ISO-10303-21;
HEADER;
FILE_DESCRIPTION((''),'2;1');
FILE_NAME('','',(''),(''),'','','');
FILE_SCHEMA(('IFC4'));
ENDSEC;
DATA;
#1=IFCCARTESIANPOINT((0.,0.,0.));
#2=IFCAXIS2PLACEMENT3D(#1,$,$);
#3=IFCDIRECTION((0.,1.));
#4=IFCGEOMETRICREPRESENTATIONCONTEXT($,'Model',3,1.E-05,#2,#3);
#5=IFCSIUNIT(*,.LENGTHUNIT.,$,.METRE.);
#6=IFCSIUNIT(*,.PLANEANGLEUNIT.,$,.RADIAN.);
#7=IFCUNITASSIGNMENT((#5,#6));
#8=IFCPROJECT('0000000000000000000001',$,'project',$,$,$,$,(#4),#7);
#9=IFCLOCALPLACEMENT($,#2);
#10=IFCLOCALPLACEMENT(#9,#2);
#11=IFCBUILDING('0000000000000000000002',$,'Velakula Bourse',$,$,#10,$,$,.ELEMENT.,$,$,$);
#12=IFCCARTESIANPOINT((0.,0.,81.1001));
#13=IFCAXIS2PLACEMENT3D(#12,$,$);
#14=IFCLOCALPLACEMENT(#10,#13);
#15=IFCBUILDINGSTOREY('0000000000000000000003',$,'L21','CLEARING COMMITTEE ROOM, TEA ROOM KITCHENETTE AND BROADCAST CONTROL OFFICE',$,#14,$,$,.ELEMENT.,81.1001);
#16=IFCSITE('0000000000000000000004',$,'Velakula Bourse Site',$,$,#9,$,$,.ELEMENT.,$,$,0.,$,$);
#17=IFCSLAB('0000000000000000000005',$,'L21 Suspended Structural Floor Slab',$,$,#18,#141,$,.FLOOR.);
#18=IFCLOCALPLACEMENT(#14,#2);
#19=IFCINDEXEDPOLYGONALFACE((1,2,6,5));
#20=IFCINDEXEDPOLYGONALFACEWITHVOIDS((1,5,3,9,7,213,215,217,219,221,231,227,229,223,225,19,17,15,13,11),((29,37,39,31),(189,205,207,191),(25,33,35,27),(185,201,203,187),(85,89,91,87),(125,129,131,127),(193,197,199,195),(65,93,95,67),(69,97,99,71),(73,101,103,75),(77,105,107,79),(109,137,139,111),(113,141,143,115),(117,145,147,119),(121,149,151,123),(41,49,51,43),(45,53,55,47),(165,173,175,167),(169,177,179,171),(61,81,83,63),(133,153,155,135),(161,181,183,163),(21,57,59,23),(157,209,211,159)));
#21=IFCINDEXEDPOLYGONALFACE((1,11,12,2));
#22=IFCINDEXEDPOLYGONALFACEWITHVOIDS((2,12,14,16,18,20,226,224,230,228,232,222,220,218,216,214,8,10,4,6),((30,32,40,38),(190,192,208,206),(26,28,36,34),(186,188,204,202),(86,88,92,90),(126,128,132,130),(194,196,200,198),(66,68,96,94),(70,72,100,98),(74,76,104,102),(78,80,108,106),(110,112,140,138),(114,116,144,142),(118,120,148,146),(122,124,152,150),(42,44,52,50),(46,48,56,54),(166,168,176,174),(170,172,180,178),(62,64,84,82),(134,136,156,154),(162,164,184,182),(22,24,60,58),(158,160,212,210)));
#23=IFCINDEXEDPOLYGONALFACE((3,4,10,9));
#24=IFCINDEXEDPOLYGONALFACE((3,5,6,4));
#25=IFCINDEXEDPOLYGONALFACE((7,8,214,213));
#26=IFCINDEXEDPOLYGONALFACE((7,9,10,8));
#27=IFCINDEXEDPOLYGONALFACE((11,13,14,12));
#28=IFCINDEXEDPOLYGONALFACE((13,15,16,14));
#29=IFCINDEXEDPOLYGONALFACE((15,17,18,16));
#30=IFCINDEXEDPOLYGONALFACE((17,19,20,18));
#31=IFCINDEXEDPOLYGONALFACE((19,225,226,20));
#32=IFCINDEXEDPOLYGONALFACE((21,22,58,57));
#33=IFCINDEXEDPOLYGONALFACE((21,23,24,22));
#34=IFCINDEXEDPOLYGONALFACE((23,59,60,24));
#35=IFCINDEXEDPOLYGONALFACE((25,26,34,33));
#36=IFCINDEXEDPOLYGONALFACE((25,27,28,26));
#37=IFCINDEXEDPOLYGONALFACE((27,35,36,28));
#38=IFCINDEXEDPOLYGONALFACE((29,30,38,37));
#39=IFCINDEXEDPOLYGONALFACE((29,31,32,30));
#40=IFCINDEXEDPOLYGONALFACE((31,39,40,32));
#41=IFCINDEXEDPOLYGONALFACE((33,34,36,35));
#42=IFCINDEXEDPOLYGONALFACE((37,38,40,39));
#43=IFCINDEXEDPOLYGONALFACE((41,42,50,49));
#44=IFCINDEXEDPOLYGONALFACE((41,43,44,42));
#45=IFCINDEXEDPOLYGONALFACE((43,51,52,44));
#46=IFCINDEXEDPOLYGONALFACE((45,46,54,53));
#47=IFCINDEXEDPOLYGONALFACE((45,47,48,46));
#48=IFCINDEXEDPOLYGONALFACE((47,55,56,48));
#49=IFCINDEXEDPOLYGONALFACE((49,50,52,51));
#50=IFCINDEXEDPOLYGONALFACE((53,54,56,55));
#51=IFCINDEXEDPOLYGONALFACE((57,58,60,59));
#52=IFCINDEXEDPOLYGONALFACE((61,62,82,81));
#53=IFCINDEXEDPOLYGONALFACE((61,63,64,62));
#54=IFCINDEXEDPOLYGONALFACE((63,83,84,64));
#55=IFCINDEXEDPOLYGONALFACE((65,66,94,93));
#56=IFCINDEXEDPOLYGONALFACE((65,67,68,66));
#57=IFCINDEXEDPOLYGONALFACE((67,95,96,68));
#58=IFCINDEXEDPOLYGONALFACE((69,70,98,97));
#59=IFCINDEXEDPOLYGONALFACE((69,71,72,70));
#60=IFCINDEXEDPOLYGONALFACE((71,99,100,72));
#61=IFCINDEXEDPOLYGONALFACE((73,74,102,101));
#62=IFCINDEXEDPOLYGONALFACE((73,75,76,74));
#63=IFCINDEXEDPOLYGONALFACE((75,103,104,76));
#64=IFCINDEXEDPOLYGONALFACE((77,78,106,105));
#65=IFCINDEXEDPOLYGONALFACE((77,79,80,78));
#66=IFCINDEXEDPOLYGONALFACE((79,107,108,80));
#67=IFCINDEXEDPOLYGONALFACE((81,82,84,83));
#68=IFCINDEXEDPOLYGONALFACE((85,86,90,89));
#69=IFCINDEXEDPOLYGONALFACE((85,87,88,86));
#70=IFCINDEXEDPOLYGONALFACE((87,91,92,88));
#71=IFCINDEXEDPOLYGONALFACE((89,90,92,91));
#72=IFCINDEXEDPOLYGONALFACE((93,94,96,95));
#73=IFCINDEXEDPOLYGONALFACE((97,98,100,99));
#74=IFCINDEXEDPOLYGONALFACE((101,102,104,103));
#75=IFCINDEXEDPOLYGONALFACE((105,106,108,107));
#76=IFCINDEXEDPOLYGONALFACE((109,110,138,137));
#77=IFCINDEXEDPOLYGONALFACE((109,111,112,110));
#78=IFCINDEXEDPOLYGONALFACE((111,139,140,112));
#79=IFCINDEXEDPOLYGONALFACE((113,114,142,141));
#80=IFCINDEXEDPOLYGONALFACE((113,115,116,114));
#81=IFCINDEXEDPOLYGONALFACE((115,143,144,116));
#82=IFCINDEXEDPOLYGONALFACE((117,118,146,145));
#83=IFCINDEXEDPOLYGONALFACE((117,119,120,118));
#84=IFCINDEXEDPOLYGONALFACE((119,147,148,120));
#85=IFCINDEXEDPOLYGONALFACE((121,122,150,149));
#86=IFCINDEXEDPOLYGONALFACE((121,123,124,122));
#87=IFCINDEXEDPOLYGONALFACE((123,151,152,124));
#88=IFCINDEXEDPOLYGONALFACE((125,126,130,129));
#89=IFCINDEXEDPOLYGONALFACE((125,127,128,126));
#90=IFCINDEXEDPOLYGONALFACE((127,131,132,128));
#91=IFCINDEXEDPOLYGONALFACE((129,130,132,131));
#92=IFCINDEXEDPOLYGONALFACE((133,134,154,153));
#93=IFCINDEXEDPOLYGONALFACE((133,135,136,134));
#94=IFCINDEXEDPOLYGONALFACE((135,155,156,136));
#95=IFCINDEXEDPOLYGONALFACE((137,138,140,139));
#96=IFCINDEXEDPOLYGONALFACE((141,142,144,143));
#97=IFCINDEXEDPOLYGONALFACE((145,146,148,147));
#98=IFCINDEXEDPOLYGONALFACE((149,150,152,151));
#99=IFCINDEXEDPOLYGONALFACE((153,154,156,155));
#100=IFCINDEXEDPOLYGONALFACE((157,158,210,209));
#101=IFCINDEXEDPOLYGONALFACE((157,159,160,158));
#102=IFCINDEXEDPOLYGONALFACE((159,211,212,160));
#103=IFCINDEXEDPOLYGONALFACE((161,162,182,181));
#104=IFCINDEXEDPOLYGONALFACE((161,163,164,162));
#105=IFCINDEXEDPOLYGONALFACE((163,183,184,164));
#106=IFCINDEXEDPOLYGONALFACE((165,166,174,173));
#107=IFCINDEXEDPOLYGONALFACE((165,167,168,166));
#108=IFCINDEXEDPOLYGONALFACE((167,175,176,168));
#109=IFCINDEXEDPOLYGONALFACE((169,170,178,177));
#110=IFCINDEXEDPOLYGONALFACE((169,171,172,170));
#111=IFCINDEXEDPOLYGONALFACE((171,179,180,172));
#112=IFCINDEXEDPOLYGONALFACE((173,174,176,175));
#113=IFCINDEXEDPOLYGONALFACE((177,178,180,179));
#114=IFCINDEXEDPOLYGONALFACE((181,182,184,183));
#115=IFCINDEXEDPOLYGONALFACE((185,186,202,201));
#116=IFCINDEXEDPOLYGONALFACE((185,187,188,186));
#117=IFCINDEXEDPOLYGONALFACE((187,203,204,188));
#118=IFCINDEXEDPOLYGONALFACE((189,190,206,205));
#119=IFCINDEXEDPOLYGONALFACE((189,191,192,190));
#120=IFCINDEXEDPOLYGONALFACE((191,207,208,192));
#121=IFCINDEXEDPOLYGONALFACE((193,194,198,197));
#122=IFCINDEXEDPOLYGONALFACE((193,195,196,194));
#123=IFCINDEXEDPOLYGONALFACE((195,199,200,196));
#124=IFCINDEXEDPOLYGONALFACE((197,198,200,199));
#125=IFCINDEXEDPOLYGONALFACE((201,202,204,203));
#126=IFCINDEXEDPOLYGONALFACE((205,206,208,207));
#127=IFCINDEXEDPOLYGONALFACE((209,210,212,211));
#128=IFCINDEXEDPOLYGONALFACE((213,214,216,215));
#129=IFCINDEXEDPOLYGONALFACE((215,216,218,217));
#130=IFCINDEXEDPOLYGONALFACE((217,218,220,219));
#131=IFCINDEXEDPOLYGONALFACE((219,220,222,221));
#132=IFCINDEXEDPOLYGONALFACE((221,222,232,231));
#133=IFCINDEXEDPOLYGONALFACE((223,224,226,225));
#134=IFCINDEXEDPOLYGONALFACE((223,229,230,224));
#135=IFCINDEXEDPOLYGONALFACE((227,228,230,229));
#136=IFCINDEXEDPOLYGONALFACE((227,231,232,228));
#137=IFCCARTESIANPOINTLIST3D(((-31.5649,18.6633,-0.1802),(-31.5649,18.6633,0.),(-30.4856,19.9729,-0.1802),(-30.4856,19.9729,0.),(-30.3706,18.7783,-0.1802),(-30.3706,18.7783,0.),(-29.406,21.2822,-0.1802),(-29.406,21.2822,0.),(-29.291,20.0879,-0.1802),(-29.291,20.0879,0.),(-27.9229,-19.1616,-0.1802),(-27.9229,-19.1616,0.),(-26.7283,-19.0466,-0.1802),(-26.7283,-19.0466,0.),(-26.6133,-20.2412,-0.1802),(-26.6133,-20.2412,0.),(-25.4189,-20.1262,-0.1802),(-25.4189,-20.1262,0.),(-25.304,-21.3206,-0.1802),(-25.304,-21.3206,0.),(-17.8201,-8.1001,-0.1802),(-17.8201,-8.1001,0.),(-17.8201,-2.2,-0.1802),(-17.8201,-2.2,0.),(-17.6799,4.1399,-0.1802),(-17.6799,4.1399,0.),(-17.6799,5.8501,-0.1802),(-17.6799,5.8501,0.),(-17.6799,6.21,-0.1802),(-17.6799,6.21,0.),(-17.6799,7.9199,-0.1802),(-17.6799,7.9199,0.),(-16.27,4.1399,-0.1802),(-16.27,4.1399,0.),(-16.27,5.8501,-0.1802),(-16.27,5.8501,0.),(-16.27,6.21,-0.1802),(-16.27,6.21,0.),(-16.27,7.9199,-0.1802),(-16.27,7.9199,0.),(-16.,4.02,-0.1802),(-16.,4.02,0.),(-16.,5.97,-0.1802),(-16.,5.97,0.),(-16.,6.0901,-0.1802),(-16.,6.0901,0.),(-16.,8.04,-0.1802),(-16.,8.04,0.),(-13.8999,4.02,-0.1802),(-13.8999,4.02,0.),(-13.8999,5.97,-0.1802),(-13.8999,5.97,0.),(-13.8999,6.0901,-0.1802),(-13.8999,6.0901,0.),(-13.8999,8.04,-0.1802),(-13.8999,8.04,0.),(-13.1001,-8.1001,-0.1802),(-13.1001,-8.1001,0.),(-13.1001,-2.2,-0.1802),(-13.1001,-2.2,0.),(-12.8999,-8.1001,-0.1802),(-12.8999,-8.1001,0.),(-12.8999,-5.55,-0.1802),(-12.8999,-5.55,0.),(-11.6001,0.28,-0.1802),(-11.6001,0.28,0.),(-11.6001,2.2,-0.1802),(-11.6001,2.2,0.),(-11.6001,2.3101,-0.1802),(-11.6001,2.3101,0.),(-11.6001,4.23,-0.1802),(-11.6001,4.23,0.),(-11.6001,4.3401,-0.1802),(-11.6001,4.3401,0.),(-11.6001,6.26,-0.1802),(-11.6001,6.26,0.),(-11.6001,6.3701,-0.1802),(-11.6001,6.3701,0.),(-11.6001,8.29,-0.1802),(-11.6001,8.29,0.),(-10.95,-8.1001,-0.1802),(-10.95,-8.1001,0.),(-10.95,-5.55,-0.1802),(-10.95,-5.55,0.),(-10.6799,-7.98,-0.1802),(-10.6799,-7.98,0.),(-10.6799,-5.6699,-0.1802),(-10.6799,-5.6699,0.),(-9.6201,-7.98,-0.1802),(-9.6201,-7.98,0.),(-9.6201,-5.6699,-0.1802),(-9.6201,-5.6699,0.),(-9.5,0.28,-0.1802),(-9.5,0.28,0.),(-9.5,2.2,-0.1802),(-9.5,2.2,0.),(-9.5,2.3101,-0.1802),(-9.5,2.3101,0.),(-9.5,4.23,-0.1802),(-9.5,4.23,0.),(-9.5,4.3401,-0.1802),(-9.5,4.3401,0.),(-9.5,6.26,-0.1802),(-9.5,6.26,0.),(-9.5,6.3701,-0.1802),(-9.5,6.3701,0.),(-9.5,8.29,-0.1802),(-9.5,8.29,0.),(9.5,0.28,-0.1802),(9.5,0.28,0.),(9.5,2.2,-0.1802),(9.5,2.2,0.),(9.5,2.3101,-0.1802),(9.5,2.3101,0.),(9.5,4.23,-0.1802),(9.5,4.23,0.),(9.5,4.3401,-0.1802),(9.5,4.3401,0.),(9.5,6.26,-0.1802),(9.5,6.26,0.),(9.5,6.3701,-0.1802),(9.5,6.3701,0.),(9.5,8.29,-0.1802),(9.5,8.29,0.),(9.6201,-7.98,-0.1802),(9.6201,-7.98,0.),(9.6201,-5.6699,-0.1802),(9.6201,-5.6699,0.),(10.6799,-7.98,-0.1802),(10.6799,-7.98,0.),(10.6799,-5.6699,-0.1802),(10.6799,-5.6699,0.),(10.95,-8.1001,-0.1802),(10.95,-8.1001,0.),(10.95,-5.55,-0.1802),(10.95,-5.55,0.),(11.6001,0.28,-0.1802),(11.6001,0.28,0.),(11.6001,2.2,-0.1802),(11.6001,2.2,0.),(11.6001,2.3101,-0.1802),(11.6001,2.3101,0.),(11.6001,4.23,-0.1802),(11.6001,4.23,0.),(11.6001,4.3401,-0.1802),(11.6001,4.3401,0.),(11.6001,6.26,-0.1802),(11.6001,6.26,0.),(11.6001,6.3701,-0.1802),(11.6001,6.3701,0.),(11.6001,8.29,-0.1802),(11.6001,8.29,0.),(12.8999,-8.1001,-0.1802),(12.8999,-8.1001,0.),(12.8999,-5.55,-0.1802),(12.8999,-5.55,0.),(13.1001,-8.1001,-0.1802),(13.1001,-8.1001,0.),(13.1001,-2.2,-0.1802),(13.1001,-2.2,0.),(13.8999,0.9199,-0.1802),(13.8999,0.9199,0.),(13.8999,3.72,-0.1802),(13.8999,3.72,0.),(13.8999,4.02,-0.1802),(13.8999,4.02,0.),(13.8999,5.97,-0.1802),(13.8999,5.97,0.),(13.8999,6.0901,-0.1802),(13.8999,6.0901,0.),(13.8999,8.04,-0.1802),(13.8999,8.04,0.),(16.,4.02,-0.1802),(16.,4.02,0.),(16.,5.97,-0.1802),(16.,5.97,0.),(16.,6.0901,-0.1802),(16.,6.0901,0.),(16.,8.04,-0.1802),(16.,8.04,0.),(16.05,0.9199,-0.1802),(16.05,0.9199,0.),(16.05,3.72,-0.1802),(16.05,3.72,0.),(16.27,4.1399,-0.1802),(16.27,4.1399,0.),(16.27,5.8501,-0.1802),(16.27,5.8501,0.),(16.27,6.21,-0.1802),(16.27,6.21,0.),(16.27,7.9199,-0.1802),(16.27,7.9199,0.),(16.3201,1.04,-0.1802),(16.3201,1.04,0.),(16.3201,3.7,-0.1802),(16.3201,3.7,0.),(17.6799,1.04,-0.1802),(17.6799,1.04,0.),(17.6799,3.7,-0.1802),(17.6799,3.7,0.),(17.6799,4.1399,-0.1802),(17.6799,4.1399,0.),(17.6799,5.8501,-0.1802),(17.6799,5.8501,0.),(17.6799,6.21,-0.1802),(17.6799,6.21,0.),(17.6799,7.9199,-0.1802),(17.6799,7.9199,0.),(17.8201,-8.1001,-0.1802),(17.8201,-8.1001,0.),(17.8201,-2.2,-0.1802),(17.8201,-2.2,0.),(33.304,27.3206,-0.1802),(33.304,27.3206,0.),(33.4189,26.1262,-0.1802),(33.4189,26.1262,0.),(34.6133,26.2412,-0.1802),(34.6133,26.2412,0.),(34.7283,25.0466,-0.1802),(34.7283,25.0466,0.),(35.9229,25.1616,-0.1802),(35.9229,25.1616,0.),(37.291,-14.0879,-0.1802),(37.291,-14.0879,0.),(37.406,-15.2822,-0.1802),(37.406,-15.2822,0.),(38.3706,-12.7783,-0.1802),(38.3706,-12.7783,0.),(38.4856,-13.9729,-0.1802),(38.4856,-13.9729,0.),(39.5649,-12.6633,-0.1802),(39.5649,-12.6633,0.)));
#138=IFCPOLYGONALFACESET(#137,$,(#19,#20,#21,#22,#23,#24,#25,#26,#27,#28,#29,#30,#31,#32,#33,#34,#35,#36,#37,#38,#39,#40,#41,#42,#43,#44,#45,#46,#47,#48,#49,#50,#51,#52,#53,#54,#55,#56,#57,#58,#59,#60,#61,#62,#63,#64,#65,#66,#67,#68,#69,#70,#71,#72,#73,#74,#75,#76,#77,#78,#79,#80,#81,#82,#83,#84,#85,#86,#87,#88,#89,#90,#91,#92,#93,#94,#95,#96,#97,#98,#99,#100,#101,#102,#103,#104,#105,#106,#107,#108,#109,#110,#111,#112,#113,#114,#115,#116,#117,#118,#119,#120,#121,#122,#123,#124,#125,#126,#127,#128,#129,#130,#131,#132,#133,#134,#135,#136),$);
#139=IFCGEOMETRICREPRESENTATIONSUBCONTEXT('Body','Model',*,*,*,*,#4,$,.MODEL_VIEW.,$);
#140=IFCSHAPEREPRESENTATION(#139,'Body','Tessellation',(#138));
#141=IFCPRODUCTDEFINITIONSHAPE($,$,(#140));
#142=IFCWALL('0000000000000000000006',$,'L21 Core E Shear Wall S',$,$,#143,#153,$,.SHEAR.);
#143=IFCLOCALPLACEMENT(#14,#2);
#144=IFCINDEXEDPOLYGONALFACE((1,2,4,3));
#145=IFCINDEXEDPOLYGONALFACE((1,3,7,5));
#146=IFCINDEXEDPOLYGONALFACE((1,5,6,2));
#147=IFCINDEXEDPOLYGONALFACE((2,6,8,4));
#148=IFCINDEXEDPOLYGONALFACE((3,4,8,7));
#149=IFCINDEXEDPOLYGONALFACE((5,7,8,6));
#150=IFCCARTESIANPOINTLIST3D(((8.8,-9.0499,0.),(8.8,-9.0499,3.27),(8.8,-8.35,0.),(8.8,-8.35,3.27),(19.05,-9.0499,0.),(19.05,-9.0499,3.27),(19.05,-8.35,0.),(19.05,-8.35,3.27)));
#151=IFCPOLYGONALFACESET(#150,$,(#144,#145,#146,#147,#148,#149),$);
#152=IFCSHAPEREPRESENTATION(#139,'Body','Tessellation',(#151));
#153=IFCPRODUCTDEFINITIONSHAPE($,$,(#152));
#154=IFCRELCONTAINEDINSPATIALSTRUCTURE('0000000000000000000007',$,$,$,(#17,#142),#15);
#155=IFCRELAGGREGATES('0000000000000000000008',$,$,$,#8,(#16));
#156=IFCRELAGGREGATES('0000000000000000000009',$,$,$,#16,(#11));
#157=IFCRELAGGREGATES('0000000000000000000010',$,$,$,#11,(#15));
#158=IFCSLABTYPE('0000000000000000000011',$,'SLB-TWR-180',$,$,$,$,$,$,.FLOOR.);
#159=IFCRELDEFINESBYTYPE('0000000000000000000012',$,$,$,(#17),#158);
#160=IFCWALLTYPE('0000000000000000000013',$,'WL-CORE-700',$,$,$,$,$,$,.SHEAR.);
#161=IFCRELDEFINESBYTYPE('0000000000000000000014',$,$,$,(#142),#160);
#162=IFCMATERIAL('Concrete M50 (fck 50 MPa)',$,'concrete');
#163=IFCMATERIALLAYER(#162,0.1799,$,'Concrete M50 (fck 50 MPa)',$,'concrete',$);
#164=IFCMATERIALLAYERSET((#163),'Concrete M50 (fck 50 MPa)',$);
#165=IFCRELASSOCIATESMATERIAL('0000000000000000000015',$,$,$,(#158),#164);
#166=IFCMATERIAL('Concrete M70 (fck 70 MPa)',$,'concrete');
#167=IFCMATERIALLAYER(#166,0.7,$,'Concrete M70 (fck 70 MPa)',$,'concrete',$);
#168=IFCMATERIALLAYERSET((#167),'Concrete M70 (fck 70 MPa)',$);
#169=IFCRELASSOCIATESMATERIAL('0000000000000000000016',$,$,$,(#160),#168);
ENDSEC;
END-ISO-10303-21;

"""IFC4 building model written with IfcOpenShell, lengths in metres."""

from ifc_helpers import new_model, si_unit, direction, frame, frame_2d, origin, place, context, subcontext, project, spatial, polyline, rectangle, outline, extrude, material, layer, layer_set, type_object, element, save


model = new_model("IFC4")

# Units and contexts
model_context = context("Model", 3, precision=1e-05, world=origin(), true_north=direction((0.0, 1.0)))
body_context = subcontext(model_context, "Body", "Model", "MODEL_VIEW")
ifc_project = project(units=[si_unit("LENGTHUNIT", "METRE"), si_unit("PLANEANGLEUNIT", "RADIAN")], contexts=[model_context])

# Site, building, storey
site_placement = place(None, origin())
site = spatial("IfcSite", under=ifc_project, at=site_placement, Name="Velakula Bourse Site", CompositionType="ELEMENT", RefElevation=0.0)
building_placement = place(site_placement, origin())
building = spatial("IfcBuilding", under=site, at=building_placement, Name="Velakula Bourse", CompositionType="ELEMENT")
storey_placement = place(building_placement, frame((0.0, 0.0, 81.1001)))
storey = spatial("IfcBuildingStorey", under=building, at=storey_placement, Name="L21", Description="CLEARING COMMITTEE ROOM, TEA ROOM KITCHENETTE AND BROADCAST CONTROL OFFICE", CompositionType="ELEMENT", Elevation=81.1001)

# Shared definitions
ifc_material_1 = material(Name="Concrete M70 (fck 70 MPa)", Category="concrete")

# Slab
ifc_material_2 = material(Name="Concrete M50 (fck 50 MPa)", Category="concrete")
ifc_layer_1 = layer(ifc_material_2, 0.1799, Name="Concrete M50 (fck 50 MPa)", Category="concrete")
ifc_layer_set_1 = layer_set([ifc_layer_1], Name="Concrete M50 (fck 50 MPa)")
slab_type_1 = type_object("IfcSlabType", Name="SLB-TWR-180", PredefinedType="FLOOR", material=ifc_layer_set_1)
slab_1_placement = place(storey_placement, frame((0.0, 0.0, -0.1802)))
element("IfcSlab", 1, at=slab_1_placement, inside=storey, type_object=slab_type_1, Name="L21 Suspended Structural Floor Slab", PredefinedType="FLOOR", context=body_context, shape_type="SweptSolid", body=[
    extrude(outline(polyline([(-25.304, -21.3206), (37.406, -15.2822), (37.291, -14.0879), (38.4856, -13.9729), (38.3706, -12.7783), (39.5649, -12.6633), (35.9229, 25.1616), (34.7283, 25.0466), (34.6133, 26.2412), (33.4189, 26.1262), (33.304, 27.3206), (-29.406, 21.2822), (-29.291, 20.0879), (-30.4856, 19.9729), (-30.3706, 18.7783), (-31.5649, 18.6633), (-27.9229, -19.1616), (-26.7283, -19.0466), (-26.6133, -20.2412), (-25.4189, -20.1262), (-25.304, -21.3206)]), holes=[polyline([(-17.8201, -8.1001), (-13.1001, -8.1001), (-13.1001, -2.2), (-17.8201, -2.2), (-17.8201, -8.1001)]), polyline([(13.1001, -8.1001), (17.8201, -8.1001), (17.8201, -2.2), (13.1001, -2.2), (13.1001, -8.1001)]), polyline([(-12.8999, -8.1001), (-10.95, -8.1001), (-10.95, -5.55), (-12.8999, -5.55), (-12.8999, -8.1001)]), polyline([(10.95, -8.1001), (12.8999, -8.1001), (12.8999, -5.55), (10.95, -5.55), (10.95, -8.1001)]), polyline([(13.8999, 0.9199), (16.05, 0.9199), (16.05, 3.72), (13.8999, 3.72), (13.8999, 0.9199)]), polyline([(-10.6799, -7.98), (-9.6201, -7.98), (-9.6201, -5.6699), (-10.6799, -5.6699), (-10.6799, -7.98)]), polyline([(-17.6799, 4.1399), (-16.27, 4.1399), (-16.27, 5.8501), (-17.6799, 5.8501), (-17.6799, 4.1399)]), polyline([(-17.6799, 6.21), (-16.27, 6.21), (-16.27, 7.9199), (-17.6799, 7.9199), (-17.6799, 6.21)]), polyline([(9.6201, -7.98), (10.6799, -7.98), (10.6799, -5.6699), (9.6201, -5.6699), (9.6201, -7.98)]), polyline([(16.27, 4.1399), (17.6799, 4.1399), (17.6799, 5.8501), (16.27, 5.8501), (16.27, 4.1399)]), polyline([(16.27, 6.21), (17.6799, 6.21), (17.6799, 7.9199), (16.27, 7.9199), (16.27, 6.21)]), polyline([(16.3201, 1.04), (17.6799, 1.04), (17.6799, 3.7), (16.3201, 3.7), (16.3201, 1.04)]), polyline([(-11.6001, 0.28), (-9.5, 0.28), (-9.5, 2.2), (-11.6001, 2.2), (-11.6001, 0.28)]), polyline([(-11.6001, 2.3101), (-9.5, 2.3101), (-9.5, 4.23), (-11.6001, 4.23), (-11.6001, 2.3101)]), polyline([(-11.6001, 4.3401), (-9.5, 4.3401), (-9.5, 6.26), (-11.6001, 6.26), (-11.6001, 4.3401)]), polyline([(-11.6001, 6.3701), (-9.5, 6.3701), (-9.5, 8.29), (-11.6001, 8.29), (-11.6001, 6.3701)]), polyline([(9.5, 0.28), (11.6001, 0.28), (11.6001, 2.2), (9.5, 2.2), (9.5, 0.28)]), polyline([(9.5, 2.3101), (11.6001, 2.3101), (11.6001, 4.23), (9.5, 4.23), (9.5, 2.3101)]), polyline([(9.5, 4.3401), (11.6001, 4.3401), (11.6001, 6.26), (9.5, 6.26), (9.5, 4.3401)]), polyline([(9.5, 6.3701), (11.6001, 6.3701), (11.6001, 8.29), (9.5, 8.29), (9.5, 6.3701)]), polyline([(-16.0, 4.02), (-13.8999, 4.02), (-13.8999, 5.97), (-16.0, 5.97), (-16.0, 4.02)]), polyline([(-16.0, 6.0901), (-13.8999, 6.0901), (-13.8999, 8.04), (-16.0, 8.04), (-16.0, 6.0901)]), polyline([(13.8999, 4.02), (16.0, 4.02), (16.0, 5.97), (13.8999, 5.97), (13.8999, 4.02)]), polyline([(13.8999, 6.0901), (16.0, 6.0901), (16.0, 8.04), (13.8999, 8.04), (13.8999, 6.0901)])]), origin(), (0.0, 0.0, 1.0), 0.1802),
])

# Wall
ifc_layer_2 = layer(ifc_material_1, 0.7, Name="Concrete M70 (fck 70 MPa)", Category="concrete")
ifc_layer_set_2 = layer_set([ifc_layer_2], Name="Concrete M70 (fck 70 MPa)")
wall_type_1 = type_object("IfcWallType", Name="WL-CORE-700", PredefinedType="SHEAR", material=ifc_layer_set_2)
wall_1_placement = place(storey_placement, frame((8.8, -8.7, 0.0), z_axis=(0.0, 0.0, 1.0), x_axis=(1.0, 0.0, 0.0)))
element("IfcWall", 2, at=wall_1_placement, inside=storey, type_object=wall_type_1, Name="L21 Core E Shear Wall S", PredefinedType="SHEAR", context=body_context, shape_type="SweptSolid", body=[
    extrude(rectangle(XDim=10.25, YDim=0.7, at=frame_2d((5.125, 0.0))), origin(), (0.0, 0.0, 1.0), 3.27),
])

save(model, "model.ifc")
